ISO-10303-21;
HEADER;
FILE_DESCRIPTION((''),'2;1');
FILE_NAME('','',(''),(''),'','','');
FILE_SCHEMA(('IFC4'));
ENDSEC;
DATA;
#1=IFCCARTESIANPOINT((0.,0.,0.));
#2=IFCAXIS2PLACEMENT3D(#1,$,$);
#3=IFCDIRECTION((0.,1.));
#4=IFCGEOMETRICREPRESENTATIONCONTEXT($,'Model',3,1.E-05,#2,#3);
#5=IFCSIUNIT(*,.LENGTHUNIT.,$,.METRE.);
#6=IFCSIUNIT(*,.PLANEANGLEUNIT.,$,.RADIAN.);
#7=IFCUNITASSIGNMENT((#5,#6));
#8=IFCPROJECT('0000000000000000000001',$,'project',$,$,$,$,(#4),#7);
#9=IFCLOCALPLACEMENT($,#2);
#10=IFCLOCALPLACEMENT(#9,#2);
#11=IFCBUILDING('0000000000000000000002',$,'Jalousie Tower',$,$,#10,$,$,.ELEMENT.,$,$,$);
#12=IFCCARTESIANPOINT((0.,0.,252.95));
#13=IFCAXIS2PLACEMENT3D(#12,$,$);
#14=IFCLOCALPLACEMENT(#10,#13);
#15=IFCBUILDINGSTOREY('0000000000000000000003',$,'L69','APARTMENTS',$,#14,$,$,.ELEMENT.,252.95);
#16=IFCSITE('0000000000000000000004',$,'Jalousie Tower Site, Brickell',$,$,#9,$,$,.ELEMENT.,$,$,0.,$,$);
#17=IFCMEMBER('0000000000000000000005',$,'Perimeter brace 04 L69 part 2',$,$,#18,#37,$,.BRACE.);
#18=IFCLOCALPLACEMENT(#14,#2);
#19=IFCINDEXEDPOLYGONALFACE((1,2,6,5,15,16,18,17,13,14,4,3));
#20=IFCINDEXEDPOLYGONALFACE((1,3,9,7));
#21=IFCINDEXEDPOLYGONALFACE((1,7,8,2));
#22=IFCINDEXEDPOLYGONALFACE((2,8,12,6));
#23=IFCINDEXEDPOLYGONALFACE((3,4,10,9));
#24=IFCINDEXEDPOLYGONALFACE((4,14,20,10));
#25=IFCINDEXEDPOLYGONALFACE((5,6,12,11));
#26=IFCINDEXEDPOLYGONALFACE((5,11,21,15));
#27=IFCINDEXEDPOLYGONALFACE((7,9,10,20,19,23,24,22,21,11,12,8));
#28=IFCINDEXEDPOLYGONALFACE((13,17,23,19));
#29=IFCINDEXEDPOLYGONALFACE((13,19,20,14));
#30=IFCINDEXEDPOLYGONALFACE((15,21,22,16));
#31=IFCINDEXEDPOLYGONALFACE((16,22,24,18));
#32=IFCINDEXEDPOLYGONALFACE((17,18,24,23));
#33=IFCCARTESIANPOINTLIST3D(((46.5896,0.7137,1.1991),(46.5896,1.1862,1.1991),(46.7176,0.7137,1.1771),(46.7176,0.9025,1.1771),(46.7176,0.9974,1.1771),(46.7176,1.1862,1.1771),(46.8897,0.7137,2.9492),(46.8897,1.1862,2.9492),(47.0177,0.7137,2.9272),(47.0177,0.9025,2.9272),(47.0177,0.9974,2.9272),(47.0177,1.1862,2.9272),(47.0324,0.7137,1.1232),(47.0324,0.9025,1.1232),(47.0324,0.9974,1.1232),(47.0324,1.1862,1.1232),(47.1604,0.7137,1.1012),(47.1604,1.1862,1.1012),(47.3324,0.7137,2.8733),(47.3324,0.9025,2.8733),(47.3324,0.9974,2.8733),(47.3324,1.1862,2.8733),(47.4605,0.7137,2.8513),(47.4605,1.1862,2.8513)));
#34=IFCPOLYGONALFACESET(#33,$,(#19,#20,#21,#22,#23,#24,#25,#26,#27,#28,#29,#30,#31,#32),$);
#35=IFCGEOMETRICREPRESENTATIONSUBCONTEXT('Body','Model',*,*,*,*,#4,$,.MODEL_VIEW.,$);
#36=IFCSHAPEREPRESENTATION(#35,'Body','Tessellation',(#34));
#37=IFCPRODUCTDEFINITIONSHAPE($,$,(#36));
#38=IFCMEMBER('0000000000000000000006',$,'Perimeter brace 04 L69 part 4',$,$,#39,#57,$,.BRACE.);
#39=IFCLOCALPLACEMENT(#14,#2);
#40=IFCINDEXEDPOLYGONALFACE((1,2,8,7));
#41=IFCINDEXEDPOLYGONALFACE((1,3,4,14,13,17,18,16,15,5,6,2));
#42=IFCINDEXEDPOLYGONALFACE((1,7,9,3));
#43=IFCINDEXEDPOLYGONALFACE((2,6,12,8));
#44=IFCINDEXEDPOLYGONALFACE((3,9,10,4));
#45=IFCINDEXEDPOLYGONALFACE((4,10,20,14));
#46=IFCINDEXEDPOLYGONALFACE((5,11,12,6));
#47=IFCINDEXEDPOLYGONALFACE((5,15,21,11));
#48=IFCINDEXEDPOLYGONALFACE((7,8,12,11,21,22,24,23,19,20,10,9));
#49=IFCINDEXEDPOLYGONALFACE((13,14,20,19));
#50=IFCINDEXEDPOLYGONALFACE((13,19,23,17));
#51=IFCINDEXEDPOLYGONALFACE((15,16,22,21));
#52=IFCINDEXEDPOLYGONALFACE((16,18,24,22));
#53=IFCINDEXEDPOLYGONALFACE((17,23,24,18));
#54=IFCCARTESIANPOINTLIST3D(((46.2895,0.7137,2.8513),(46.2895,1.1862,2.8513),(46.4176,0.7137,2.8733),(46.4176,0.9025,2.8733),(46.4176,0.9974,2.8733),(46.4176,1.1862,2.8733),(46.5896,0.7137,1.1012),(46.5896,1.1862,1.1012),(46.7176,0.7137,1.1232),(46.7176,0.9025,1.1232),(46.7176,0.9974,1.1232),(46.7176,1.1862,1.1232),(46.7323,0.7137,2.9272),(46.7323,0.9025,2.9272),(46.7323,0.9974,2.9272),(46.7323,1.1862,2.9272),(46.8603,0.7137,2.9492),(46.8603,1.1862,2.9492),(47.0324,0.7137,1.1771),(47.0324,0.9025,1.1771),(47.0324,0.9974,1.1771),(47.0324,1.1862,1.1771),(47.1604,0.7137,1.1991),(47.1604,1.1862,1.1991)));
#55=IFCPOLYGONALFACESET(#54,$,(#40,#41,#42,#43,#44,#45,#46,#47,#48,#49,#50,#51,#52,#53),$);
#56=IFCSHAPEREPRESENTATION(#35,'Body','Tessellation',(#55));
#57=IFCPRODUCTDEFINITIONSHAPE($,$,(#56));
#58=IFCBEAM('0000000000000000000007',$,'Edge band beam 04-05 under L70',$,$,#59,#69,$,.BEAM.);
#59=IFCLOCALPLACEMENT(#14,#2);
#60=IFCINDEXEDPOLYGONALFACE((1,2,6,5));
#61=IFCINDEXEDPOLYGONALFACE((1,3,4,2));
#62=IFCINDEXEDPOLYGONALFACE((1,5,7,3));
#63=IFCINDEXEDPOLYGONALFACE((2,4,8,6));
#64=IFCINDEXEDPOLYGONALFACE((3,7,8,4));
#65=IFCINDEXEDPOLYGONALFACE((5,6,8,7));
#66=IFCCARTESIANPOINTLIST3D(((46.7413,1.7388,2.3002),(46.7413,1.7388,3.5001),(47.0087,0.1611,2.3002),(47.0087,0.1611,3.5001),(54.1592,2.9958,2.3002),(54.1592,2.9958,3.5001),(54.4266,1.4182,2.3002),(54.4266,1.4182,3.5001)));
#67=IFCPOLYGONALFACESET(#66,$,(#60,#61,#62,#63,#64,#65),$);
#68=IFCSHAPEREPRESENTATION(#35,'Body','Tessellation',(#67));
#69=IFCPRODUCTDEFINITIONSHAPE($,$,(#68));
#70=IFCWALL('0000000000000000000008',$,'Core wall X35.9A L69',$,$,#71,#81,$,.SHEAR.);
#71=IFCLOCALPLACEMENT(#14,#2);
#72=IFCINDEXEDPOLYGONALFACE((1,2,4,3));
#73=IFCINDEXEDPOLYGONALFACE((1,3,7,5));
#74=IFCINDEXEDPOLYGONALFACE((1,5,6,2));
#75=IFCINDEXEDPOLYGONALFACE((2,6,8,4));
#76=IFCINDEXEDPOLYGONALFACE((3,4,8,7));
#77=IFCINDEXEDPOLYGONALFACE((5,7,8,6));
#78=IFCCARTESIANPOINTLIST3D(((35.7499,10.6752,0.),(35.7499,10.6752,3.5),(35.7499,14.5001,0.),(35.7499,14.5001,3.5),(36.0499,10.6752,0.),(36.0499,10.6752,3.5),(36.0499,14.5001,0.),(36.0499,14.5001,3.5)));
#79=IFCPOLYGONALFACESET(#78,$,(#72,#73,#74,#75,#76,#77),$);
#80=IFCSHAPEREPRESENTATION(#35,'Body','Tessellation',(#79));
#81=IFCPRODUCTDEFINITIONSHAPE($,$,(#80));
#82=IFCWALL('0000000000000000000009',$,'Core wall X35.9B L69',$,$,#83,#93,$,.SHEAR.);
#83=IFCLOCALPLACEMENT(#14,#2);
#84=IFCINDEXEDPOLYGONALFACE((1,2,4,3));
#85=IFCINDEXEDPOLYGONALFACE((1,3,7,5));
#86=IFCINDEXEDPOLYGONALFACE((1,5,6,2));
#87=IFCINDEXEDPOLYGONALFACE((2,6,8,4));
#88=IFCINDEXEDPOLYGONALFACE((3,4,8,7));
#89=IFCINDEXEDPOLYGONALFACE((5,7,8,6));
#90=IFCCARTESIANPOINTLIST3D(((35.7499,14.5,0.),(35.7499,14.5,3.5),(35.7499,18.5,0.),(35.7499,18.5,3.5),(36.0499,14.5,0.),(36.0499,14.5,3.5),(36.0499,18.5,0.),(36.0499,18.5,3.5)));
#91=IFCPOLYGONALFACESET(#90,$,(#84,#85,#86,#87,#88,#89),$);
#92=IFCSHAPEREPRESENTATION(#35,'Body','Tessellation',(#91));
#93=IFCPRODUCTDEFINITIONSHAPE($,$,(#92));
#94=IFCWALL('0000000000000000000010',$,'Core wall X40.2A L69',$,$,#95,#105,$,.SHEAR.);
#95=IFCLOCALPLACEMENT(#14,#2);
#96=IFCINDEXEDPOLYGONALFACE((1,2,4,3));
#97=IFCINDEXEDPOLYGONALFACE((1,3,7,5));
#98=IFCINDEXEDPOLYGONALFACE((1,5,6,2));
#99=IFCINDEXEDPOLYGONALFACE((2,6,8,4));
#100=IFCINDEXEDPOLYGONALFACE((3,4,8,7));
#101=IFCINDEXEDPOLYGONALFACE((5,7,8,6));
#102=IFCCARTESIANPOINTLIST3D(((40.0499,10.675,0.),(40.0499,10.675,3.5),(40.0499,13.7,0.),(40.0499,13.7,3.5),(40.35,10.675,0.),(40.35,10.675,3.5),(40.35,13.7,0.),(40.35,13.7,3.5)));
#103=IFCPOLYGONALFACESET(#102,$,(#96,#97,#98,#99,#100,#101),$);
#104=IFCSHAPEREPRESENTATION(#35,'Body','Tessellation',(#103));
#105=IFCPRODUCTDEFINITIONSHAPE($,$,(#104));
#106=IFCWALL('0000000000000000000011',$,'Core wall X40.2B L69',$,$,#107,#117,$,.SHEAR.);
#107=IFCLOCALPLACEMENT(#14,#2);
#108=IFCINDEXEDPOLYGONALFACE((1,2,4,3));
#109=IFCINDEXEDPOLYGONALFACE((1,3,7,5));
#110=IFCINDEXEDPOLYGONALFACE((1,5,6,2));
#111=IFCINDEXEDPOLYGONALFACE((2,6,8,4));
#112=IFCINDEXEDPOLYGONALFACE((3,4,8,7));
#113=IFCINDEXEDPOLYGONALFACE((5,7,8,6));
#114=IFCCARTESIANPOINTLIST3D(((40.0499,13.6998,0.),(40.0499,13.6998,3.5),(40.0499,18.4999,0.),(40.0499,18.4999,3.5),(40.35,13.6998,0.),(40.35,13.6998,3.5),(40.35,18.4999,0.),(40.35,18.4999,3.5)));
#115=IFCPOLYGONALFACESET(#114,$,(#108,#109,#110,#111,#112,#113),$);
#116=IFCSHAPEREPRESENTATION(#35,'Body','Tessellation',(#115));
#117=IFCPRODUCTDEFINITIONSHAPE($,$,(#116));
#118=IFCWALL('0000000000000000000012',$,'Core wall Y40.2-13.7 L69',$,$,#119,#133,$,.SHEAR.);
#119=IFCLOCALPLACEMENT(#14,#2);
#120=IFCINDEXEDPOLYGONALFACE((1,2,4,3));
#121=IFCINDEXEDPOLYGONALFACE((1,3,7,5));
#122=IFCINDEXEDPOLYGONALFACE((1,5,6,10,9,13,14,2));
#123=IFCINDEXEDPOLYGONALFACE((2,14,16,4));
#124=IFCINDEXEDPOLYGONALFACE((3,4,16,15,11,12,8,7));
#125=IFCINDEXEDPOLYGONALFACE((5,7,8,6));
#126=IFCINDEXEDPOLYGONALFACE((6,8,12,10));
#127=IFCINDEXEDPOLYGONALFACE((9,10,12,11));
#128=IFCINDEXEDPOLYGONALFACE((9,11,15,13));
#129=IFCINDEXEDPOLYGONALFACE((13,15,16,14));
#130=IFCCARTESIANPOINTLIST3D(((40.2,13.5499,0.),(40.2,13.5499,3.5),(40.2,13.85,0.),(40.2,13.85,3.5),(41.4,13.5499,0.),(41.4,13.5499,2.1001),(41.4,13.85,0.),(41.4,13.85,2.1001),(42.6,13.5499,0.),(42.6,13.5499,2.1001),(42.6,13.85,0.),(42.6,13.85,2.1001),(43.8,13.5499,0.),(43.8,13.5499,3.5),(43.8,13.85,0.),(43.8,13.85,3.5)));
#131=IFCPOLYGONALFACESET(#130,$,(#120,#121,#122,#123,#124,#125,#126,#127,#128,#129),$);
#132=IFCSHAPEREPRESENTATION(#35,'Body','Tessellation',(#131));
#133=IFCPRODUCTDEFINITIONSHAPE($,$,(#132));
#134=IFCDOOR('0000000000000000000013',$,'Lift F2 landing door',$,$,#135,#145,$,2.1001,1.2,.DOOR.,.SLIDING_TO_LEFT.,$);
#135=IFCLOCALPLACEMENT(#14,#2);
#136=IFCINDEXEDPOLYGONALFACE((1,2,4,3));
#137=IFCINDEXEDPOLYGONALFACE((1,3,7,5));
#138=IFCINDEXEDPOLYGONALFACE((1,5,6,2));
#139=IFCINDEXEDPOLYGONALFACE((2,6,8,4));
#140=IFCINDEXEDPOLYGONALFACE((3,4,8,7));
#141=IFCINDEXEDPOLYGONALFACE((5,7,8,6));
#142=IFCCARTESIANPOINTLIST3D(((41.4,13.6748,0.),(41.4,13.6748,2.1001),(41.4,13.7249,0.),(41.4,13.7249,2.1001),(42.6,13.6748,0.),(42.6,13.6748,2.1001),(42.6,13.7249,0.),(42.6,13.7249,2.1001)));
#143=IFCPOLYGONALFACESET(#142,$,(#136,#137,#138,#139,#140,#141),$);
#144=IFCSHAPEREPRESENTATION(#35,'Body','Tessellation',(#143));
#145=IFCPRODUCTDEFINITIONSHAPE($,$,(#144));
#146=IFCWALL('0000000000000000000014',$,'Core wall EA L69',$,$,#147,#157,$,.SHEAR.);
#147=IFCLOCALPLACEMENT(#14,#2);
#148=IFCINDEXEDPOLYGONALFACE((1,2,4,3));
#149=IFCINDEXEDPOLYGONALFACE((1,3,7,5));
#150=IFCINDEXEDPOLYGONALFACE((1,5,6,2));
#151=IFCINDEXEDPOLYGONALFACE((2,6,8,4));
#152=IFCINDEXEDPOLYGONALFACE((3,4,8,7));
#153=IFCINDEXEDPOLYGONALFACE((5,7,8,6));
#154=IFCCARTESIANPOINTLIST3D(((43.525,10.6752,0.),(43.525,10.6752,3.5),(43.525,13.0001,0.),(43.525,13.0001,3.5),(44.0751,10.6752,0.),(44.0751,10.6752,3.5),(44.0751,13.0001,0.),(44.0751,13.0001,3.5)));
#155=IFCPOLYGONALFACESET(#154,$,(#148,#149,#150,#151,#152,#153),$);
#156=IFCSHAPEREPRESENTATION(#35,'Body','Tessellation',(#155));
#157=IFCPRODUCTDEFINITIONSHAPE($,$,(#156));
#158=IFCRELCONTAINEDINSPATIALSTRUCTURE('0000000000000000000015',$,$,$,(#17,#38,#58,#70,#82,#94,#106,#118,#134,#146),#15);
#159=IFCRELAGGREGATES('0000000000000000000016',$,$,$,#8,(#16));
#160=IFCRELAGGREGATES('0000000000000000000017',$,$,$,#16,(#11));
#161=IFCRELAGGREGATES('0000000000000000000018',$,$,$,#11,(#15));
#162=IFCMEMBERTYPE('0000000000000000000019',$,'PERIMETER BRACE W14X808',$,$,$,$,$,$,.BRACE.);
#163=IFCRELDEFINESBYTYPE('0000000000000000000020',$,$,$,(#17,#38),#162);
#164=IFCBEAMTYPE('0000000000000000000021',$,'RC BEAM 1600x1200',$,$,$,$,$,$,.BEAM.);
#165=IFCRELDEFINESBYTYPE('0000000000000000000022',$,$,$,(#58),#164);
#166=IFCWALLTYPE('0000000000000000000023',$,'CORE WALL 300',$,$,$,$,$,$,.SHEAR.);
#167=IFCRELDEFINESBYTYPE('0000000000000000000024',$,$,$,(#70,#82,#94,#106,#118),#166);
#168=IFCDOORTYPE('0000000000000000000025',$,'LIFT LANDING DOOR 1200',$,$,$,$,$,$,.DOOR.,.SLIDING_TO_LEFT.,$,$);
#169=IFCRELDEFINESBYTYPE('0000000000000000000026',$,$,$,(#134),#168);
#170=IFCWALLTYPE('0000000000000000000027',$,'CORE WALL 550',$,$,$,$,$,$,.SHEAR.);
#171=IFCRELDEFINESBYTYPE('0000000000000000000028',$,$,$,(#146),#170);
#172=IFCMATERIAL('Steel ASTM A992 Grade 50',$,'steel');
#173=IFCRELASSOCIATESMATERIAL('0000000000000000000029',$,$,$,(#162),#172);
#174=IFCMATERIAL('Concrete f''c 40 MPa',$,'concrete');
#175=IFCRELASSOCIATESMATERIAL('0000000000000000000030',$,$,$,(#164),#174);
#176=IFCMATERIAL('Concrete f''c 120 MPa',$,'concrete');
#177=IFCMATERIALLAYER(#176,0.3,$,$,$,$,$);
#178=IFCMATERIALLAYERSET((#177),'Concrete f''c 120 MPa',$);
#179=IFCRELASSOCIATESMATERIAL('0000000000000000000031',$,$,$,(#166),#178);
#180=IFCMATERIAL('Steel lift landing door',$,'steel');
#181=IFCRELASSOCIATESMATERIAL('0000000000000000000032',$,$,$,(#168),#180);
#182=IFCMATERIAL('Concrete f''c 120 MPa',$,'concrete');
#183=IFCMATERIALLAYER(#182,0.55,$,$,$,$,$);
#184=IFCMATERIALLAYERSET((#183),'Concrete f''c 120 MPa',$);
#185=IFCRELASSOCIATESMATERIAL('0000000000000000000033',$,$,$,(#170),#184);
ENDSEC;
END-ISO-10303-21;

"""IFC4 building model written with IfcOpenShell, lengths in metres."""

from ifc_helpers import new_model, si_unit, direction, frame, frame_2d, origin, origin_2d, place, context, subcontext, project, spatial, rectangle, i_section, extrude, material, layer, layer_set, material_profile, profile_set, type_object, element, fill, save


model = new_model("IFC4")

# Units and contexts
model_context = context("Model", 3, precision=1e-05, world=origin(), true_north=direction((0.0, 1.0)))
body_context = subcontext(model_context, "Body", "Model", "MODEL_VIEW")
ifc_project = project(units=[si_unit("LENGTHUNIT", "METRE"), si_unit("PLANEANGLEUNIT", "RADIAN")], contexts=[model_context])

# Site, building, storey
site_placement = place(None, origin())
site = spatial("IfcSite", under=ifc_project, at=site_placement, Name="Jalousie Tower Site, Brickell", CompositionType="ELEMENT", RefElevation=0.0)
building_placement = place(site_placement, origin())
building = spatial("IfcBuilding", under=site, at=building_placement, Name="Jalousie Tower", CompositionType="ELEMENT")
storey_placement = place(building_placement, frame((0.0, 0.0, 252.95)))
storey = spatial("IfcBuildingStorey", under=building, at=storey_placement, Name="L69", Description="APARTMENTS", CompositionType="ELEMENT", Elevation=252.95)

# Members
ifc_material_1 = material(Name="Steel ASTM A992 Grade 50", Category="steel")
ifc_material_profile_1 = material_profile(ifc_material_1, i_section(OverallWidth=0.4724, OverallDepth=0.5791, WebThickness=0.095, FlangeThickness=0.1299, at=origin_2d()), Name="W14X808")
ifc_profile_set_1 = profile_set([ifc_material_profile_1], Name="Steel ASTM A992 Grade 50")
member_type = type_object("IfcMemberType", Name="PERIMETER BRACE W14X808", PredefinedType="BRACE", material=ifc_profile_set_1)
for number, where, z_axis, x_axis, name in (
    (1, (46.875, 0.95, 1.1501), (0.168991, 0.0, 0.985618), (0.0, 1.0, 0.0), "Perimeter brace 04 L69 part 2"),
    (2, (46.875, 0.95, 1.1501), (-0.168991, 0.0, 0.985618), (0.0, -1.0, 0.0), "Perimeter brace 04 L69 part 4"),
):
    element("IfcMember", number, at=place(storey_placement, frame(where, z_axis=z_axis, x_axis=x_axis)), inside=storey, type_object=member_type, Name=name, PredefinedType="BRACE", context=body_context, shape_type="SweptSolid", body=[
        extrude(i_section(OverallWidth=0.4724, OverallDepth=0.5791, WebThickness=0.095, FlangeThickness=0.1299, at=origin_2d()), origin(), (0.0, 0.0, 1.0), 1.7756),
    ])

# Beam
ifc_material_2 = material(Name="Concrete f'c 40 MPa", Category="concrete")
ifc_material_profile_2 = material_profile(ifc_material_2, rectangle(XDim=1.6001, YDim=1.2, at=origin_2d()), Name="RC 1600x1200")
ifc_profile_set_2 = profile_set([ifc_material_profile_2], Name="Concrete f'c 40 MPa")
beam_type = type_object("IfcBeamType", Name="RC BEAM 1600x1200", PredefinedType="BEAM", material=ifc_profile_set_2)
beam_placement = place(storey_placement, frame((46.875, 0.95, 2.9001), z_axis=(0.985943, 0.167082, 0.0), x_axis=(-0.167082, 0.985943, 0.0)))
element("IfcBeam", 3, at=beam_placement, inside=storey, type_object=beam_type, Name="Edge band beam 04-05 under L70", PredefinedType="BEAM", context=body_context, shape_type="SweptSolid", body=[
    extrude(rectangle(XDim=1.6001, YDim=1.2, at=origin_2d()), origin(), (0.0, 0.0, 1.0), 7.5237),
])

# Walls
ifc_material_3 = material(Name="Concrete f'c 120 MPa", Category="concrete")
ifc_layer_1 = layer(ifc_material_3, 0.3)
ifc_layer_set_1 = layer_set([ifc_layer_1], Name="Concrete f'c 120 MPa")
wall_type_1 = type_object("IfcWallType", Name="CORE WALL 300", PredefinedType="SHEAR", material=ifc_layer_set_1)
wall_1_placement = place(storey_placement, frame((35.8999, 10.675, 0.0), z_axis=(0.0, 0.0, 1.0), x_axis=(0.0, 1.0, 0.0)))
element("IfcWall", 4, at=wall_1_placement, inside=storey, type_object=wall_type_1, Name="Core wall X35.9A L69", PredefinedType="SHEAR", context=body_context, shape_type="SweptSolid", body=[
    extrude(rectangle(XDim=3.825, YDim=0.3, at=frame_2d((1.9126, 0.0))), origin(), (0.0, 0.0, 1.0), 3.5),
])
wall_2_placement = place(storey_placement, frame((35.8999, 14.5, 0.0), z_axis=(0.0, 0.0, 1.0), x_axis=(0.0, 1.0, 0.0)))
element("IfcWall", 5, at=wall_2_placement, inside=storey, type_object=wall_type_1, Name="Core wall X35.9B L69", PredefinedType="SHEAR", context=body_context, shape_type="SweptSolid", body=[
    extrude(rectangle(XDim=4.0, YDim=0.3, at=frame_2d((2.0, 0.0))), origin(), (0.0, 0.0, 1.0), 3.5),
])
wall_3_placement = place(storey_placement, frame((40.2, 10.675, 0.0), z_axis=(0.0, 0.0, 1.0), x_axis=(0.0, 1.0, 0.0)))
element("IfcWall", 6, at=wall_3_placement, inside=storey, type_object=wall_type_1, Name="Core wall X40.2A L69", PredefinedType="SHEAR", context=body_context, shape_type="SweptSolid", body=[
    extrude(rectangle(XDim=3.0249, YDim=0.3, at=frame_2d((1.5125, 0.0))), origin(), (0.0, 0.0, 1.0), 3.5),
])
wall_4_placement = place(storey_placement, frame((40.2, 13.7, 0.0), z_axis=(0.0, 0.0, 1.0), x_axis=(0.0, 1.0, 0.0)))
element("IfcWall", 7, at=wall_4_placement, inside=storey, type_object=wall_type_1, Name="Core wall X40.2B L69", PredefinedType="SHEAR", context=body_context, shape_type="SweptSolid", body=[
    extrude(rectangle(XDim=4.8, YDim=0.3, at=frame_2d((2.3999, 0.0))), origin(), (0.0, 0.0, 1.0), 3.5),
])

# Wall, opening, door
wall_5_placement = place(storey_placement, frame((40.2, 13.7, 0.0), z_axis=(0.0, 0.0, 1.0), x_axis=(1.0, 0.0, 0.0)))
wall_5 = element("IfcWall", 8, at=wall_5_placement, inside=storey, type_object=wall_type_1, Name="Core wall Y40.2-13.7 L69", PredefinedType="SHEAR", context=body_context, shape_type="SweptSolid", body=[
    extrude(rectangle(XDim=3.6001, YDim=0.3, at=frame_2d((1.8, 0.0))), origin(), (0.0, 0.0, 1.0), 3.5),
])
opening_1_placement = place(wall_5_placement, frame((1.2, 0.0, 0.0)))
opening_1 = element("IfcOpeningElement", 9, at=opening_1_placement, cuts=wall_5, PredefinedType="OPENING", context=body_context, shape_type="SweptSolid", body=[
    extrude(rectangle(XDim=1.2, YDim=2.1001, at=frame_2d((0.6001, 1.05))), frame((0.0, 0.1599, 0.0), z_axis=(0.0, -1.0, 0.0), x_axis=(1.0, 0.0, 0.0)), (0.0, 0.0, 1.0), 0.3201),
])
ifc_material_4 = material(Name="Steel lift landing door", Category="steel")
door_type_1 = type_object("IfcDoorType", Name="LIFT LANDING DOOR 1200", OperationType="SLIDING_TO_LEFT", PredefinedType="DOOR", material=ifc_material_4)
door_1_placement = place(opening_1_placement, origin())
door_1 = element("IfcDoor", 10, at=door_1_placement, inside=storey, type_object=door_type_1, Name="Lift F2 landing door", OperationType="SLIDING_TO_LEFT", OverallHeight=2.1001, OverallWidth=1.2, PredefinedType="DOOR", context=body_context, shape_type="SweptSolid", body=[
    extrude(rectangle(XDim=1.2, YDim=2.1001, at=frame_2d((0.6001, 1.05))), frame((0.0, 0.0249, 0.0), z_axis=(0.0, -1.0, 0.0), x_axis=(1.0, 0.0, 0.0)), (0.0, 0.0, 1.0), 0.05),
])
fill(opening_1, door_1)

# Wall
ifc_material_5 = material(Name="Concrete f'c 120 MPa", Category="concrete")
ifc_layer_2 = layer(ifc_material_5, 0.55)
ifc_layer_set_2 = layer_set([ifc_layer_2], Name="Concrete f'c 120 MPa")
wall_type_2 = type_object("IfcWallType", Name="CORE WALL 550", PredefinedType="SHEAR", material=ifc_layer_set_2)
wall_6_placement = place(storey_placement, frame((43.8, 10.675, 0.0), z_axis=(0.0, 0.0, 1.0), x_axis=(0.0, 1.0, 0.0)))
element("IfcWall", 11, at=wall_6_placement, inside=storey, type_object=wall_type_2, Name="Core wall EA L69", PredefinedType="SHEAR", context=body_context, shape_type="SweptSolid", body=[
    extrude(rectangle(XDim=2.325, YDim=0.55, at=frame_2d((1.1626, 0.0))), origin(), (0.0, 0.0, 1.0), 3.5),
])

save(model, "model.ifc")
